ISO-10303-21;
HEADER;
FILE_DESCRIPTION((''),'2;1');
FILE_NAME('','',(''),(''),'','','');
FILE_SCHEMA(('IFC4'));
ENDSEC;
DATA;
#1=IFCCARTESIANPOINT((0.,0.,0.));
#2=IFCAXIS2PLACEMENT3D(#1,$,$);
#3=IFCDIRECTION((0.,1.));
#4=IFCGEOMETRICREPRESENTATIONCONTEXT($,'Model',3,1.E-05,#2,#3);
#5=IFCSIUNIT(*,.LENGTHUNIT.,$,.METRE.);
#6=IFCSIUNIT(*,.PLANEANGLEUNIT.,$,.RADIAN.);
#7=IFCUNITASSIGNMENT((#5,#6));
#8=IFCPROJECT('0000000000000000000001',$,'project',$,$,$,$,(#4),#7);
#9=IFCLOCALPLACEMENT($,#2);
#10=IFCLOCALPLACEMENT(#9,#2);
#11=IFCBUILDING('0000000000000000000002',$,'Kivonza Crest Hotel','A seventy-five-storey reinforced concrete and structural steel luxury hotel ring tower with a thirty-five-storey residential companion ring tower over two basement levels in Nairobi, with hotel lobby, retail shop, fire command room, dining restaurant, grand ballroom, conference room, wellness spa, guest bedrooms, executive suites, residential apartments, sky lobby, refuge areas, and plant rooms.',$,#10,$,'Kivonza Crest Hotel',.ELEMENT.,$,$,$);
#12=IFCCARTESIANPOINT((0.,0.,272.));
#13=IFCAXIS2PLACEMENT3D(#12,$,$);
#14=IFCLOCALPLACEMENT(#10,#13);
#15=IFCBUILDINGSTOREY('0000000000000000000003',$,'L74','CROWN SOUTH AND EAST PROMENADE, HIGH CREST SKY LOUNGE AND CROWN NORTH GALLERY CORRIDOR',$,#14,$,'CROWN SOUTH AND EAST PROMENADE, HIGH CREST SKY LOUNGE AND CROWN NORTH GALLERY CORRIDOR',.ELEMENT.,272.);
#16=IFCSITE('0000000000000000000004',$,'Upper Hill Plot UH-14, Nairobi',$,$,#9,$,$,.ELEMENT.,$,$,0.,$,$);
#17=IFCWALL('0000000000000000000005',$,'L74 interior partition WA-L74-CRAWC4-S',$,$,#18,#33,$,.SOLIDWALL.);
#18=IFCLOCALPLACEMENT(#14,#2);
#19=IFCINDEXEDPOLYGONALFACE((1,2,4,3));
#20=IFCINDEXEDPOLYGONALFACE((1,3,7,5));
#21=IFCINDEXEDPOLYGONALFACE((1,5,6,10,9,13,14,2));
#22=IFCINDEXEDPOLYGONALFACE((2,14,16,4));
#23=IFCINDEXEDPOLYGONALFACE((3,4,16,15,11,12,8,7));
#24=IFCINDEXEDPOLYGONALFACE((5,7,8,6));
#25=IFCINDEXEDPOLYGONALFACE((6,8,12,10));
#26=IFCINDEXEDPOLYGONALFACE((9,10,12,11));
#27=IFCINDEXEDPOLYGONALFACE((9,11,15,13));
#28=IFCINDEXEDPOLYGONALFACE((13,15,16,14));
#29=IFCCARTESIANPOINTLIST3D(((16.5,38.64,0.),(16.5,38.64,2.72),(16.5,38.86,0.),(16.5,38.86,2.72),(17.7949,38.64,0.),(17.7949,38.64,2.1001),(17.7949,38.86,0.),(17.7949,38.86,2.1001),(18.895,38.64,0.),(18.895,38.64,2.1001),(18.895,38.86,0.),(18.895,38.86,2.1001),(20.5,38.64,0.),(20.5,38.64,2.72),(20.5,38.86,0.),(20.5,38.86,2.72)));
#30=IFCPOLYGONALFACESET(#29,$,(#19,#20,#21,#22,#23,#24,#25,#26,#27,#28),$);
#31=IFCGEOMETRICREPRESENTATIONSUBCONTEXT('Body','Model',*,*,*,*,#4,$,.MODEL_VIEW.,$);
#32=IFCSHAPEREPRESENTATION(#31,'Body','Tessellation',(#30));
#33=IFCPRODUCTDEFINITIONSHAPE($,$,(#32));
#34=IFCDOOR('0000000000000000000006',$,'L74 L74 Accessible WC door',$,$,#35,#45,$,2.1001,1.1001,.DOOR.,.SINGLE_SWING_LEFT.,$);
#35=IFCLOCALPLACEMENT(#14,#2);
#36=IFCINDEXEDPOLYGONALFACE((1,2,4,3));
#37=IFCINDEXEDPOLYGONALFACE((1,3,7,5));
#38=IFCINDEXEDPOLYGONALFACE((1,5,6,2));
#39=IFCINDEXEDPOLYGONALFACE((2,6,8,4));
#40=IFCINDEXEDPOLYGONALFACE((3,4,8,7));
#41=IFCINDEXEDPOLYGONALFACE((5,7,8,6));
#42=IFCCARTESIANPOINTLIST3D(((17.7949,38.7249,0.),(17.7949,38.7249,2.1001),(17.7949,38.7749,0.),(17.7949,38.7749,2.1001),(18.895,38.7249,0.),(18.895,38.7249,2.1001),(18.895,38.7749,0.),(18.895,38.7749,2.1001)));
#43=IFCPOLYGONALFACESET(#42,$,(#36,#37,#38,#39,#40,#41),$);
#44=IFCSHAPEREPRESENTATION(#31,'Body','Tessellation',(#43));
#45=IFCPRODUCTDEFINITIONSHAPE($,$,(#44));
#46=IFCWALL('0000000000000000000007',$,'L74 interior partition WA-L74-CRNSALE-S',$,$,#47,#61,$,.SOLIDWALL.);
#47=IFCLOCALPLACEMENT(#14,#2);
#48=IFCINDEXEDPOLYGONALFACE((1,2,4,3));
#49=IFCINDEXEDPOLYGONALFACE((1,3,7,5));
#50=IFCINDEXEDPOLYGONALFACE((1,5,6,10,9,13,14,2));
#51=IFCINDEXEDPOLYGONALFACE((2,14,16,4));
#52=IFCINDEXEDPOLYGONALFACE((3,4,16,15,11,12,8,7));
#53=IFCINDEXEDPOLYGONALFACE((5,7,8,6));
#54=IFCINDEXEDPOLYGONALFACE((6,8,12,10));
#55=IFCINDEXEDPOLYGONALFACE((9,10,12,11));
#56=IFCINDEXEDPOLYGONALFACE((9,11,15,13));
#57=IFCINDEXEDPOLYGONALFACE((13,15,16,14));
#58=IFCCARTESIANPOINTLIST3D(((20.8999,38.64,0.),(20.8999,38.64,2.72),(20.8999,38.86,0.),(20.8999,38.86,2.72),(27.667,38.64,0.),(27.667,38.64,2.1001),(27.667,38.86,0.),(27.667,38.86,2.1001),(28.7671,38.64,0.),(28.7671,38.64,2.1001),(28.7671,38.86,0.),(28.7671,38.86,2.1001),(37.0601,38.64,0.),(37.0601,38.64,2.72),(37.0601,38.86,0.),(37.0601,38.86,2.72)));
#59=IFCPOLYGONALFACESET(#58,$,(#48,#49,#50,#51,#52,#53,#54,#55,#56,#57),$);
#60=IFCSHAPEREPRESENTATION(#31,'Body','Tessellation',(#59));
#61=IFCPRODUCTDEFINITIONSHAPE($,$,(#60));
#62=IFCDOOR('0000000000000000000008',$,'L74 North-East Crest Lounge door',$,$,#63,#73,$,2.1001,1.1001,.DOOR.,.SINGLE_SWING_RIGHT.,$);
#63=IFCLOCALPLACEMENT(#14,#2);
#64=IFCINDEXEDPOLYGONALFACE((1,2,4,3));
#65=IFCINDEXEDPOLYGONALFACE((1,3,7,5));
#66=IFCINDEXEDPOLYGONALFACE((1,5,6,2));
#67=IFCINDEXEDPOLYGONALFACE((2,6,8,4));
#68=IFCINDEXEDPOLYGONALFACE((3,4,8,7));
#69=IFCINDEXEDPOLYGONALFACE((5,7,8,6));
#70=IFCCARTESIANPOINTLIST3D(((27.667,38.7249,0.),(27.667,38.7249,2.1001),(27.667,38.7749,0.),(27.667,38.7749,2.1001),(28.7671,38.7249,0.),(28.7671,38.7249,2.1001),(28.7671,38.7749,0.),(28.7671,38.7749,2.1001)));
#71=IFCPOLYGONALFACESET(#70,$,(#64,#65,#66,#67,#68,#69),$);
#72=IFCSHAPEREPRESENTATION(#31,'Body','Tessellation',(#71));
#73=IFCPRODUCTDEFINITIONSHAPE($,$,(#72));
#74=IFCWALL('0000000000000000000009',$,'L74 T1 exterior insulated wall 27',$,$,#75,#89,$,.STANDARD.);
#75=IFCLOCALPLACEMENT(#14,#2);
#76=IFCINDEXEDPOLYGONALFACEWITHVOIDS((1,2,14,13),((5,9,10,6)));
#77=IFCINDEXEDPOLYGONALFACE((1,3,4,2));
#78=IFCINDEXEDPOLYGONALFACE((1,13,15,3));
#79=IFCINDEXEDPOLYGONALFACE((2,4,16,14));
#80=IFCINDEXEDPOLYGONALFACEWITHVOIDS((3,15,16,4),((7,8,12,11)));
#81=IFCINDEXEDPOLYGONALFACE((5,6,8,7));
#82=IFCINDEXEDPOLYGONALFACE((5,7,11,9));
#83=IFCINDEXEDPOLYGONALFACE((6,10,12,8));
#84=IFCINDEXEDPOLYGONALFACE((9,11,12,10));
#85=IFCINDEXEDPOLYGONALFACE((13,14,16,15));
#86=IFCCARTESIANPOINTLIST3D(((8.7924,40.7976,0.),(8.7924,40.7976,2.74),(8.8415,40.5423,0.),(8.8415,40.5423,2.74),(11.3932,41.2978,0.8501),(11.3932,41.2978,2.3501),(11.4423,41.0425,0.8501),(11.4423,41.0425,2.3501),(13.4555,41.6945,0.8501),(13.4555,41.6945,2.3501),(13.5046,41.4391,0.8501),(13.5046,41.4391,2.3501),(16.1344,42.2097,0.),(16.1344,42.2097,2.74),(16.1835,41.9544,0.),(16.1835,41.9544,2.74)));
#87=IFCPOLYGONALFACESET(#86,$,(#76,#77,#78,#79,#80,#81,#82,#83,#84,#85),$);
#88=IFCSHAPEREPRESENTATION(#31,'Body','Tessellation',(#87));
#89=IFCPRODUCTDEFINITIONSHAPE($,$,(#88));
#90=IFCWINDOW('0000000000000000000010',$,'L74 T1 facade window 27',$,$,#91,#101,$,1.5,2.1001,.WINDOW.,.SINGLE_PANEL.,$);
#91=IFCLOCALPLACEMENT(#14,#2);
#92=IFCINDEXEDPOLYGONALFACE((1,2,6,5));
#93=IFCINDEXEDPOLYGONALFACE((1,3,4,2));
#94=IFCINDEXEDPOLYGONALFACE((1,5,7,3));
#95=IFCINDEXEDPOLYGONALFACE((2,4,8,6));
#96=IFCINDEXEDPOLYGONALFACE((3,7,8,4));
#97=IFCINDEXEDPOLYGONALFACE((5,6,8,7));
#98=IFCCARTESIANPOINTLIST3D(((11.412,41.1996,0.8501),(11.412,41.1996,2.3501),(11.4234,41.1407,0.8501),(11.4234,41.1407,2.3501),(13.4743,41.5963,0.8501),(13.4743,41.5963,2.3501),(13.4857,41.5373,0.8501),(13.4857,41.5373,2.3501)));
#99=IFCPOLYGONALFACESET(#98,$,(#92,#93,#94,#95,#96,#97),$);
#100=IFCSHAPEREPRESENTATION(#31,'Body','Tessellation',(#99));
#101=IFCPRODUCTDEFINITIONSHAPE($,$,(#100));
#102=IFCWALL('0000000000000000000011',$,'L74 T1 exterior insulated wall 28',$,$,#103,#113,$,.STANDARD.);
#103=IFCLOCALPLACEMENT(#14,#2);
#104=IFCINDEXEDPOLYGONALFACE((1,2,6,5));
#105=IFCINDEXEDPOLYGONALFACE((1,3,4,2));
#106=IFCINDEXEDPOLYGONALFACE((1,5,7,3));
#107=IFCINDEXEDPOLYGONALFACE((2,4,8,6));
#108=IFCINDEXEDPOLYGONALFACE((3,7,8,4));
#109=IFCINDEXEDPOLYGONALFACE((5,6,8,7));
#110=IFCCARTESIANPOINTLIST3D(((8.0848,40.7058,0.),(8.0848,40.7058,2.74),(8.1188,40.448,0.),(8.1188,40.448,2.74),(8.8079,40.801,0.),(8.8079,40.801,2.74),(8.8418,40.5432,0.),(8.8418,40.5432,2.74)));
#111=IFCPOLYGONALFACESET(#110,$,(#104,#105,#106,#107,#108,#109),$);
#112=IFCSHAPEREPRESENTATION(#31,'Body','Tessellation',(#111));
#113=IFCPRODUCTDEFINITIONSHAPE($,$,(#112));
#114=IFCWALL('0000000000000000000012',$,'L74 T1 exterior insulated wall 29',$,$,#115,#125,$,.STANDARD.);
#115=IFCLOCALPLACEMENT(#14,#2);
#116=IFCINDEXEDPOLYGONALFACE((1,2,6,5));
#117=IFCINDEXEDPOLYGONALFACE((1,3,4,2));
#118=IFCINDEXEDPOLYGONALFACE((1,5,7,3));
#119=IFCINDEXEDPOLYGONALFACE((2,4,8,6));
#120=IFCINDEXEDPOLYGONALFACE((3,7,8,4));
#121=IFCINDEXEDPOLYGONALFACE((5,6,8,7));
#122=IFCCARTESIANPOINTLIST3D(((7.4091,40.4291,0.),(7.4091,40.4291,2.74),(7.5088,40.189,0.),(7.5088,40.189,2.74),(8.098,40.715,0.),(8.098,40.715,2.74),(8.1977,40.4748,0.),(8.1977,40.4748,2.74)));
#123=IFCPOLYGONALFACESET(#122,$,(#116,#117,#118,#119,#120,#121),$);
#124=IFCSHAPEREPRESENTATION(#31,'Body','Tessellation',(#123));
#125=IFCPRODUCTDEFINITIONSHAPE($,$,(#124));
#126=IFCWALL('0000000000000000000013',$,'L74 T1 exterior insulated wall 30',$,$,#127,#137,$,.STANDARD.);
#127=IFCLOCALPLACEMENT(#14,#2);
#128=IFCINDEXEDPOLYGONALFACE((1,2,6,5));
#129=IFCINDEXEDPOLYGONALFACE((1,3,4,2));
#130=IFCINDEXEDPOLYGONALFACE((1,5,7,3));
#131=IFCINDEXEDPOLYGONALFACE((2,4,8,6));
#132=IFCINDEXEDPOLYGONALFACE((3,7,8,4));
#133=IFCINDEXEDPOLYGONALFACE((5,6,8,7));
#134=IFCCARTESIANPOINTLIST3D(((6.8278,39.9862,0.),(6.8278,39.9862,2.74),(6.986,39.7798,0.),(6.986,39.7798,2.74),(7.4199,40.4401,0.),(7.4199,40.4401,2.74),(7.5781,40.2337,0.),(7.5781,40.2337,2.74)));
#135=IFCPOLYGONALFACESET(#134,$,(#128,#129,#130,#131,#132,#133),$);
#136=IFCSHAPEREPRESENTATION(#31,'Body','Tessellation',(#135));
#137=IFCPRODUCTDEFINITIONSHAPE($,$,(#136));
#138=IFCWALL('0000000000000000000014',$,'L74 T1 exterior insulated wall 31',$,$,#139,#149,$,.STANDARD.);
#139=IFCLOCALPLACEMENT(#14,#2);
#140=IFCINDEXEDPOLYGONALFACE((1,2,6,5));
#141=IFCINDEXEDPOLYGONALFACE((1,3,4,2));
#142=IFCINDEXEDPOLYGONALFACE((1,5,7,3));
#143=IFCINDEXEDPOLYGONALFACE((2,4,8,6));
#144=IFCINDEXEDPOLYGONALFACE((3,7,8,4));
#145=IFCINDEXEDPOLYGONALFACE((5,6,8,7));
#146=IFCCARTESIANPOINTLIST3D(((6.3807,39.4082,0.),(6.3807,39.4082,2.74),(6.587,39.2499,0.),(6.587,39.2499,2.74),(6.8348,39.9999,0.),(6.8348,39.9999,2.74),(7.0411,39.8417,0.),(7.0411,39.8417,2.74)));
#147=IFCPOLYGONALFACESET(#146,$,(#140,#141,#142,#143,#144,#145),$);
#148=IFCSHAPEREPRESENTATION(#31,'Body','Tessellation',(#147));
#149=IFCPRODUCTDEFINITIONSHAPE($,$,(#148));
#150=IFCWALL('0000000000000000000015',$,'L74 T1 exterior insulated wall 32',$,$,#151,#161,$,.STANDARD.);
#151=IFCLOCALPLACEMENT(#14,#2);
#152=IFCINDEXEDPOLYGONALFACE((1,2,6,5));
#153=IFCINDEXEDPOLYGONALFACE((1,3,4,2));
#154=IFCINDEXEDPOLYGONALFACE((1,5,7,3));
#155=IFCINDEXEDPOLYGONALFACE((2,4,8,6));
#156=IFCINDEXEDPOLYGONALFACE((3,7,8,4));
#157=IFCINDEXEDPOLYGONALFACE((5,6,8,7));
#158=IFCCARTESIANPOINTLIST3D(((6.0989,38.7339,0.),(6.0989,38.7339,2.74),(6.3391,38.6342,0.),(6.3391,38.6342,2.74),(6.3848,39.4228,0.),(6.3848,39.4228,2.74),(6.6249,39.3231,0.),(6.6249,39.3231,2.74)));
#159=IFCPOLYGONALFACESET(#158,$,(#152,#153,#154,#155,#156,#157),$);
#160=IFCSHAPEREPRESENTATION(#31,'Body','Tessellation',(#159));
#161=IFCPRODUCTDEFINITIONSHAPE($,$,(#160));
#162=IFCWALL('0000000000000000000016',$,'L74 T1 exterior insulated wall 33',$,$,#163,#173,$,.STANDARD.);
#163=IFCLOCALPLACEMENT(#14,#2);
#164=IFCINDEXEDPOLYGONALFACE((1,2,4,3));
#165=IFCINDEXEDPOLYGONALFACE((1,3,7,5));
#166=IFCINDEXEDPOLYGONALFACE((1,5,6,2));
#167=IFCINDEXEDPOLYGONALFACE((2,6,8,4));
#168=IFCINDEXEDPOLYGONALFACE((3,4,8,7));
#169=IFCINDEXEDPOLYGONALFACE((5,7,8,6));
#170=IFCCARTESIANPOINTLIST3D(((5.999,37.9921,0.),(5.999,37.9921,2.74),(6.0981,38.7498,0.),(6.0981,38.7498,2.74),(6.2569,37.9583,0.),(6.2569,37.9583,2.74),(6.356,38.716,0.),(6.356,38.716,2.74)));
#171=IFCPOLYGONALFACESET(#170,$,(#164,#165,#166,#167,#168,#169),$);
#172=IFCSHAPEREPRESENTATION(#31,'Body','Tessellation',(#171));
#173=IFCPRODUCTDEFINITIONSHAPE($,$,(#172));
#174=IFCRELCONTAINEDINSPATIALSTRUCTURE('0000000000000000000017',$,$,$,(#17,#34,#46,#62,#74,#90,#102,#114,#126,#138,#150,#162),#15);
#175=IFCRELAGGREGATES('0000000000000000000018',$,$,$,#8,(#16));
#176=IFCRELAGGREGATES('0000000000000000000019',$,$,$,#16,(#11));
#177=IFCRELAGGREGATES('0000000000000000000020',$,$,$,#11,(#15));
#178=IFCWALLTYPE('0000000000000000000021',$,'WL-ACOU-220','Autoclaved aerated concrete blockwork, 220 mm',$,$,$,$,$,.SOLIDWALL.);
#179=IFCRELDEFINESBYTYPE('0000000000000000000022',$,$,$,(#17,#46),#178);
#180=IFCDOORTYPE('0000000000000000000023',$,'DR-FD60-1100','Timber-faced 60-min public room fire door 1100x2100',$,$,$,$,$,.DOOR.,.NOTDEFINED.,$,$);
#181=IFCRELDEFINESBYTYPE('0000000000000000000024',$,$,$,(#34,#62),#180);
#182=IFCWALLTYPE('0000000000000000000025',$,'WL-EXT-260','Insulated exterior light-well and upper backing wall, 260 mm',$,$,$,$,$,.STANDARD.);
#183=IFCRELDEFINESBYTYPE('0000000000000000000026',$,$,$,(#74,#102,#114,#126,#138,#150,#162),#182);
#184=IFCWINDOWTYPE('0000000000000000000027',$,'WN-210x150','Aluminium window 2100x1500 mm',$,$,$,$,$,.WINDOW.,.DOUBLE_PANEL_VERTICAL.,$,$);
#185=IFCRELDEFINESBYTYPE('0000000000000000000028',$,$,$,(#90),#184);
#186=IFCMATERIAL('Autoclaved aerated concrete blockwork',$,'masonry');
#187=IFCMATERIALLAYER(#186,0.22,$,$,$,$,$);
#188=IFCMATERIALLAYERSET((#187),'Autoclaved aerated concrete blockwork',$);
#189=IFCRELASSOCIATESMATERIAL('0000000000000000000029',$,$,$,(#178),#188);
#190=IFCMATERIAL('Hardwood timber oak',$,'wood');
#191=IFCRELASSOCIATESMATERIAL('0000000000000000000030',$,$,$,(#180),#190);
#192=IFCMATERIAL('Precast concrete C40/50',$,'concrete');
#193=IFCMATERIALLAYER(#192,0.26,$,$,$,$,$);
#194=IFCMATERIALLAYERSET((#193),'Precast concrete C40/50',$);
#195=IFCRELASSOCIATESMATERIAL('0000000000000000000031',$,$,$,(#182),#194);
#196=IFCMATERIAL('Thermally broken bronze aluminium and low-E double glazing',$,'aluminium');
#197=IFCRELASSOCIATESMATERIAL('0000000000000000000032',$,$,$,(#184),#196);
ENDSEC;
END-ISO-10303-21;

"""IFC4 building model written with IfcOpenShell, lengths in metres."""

from ifc_helpers import new_model, si_unit, direction, frame, frame_2d, origin, place, context, subcontext, project, spatial, rectangle, extrude, material, layer, layer_set, type_object, element, fill, save


model = new_model("IFC4")

# Units and contexts
model_context = context("Model", 3, precision=1e-05, world=origin(), true_north=direction((0.0, 1.0)))
body_context = subcontext(model_context, "Body", "Model", "MODEL_VIEW")
ifc_project = project(units=[si_unit("LENGTHUNIT", "METRE"), si_unit("PLANEANGLEUNIT", "RADIAN")], contexts=[model_context])

# Site, building, storey
site_placement = place(None, origin())
site = spatial("IfcSite", under=ifc_project, at=site_placement, Name="Upper Hill Plot UH-14, Nairobi", CompositionType="ELEMENT", RefElevation=0.0)
building_placement = place(site_placement, origin())
building = spatial("IfcBuilding", under=site, at=building_placement, Name="Kivonza Crest Hotel", Description="A seventy-five-storey reinforced concrete and structural steel luxury hotel ring tower with a thirty-five-storey residential companion ring tower over two basement levels in Nairobi, with hotel lobby, retail shop, fire command room, dining restaurant, grand ballroom, conference room, wellness spa, guest bedrooms, executive suites, residential apartments, sky lobby, refuge areas, and plant rooms.", LongName="Kivonza Crest Hotel", CompositionType="ELEMENT")
storey_placement = place(building_placement, frame((0.0, 0.0, 272.0)))
storey = spatial("IfcBuildingStorey", under=building, at=storey_placement, Name="L74", Description="CROWN SOUTH AND EAST PROMENADE, HIGH CREST SKY LOUNGE AND CROWN NORTH GALLERY CORRIDOR", LongName="CROWN SOUTH AND EAST PROMENADE, HIGH CREST SKY LOUNGE AND CROWN NORTH GALLERY CORRIDOR", CompositionType="ELEMENT", Elevation=272.0)

# Walls, openings, doors
ifc_material_1 = material(Name="Autoclaved aerated concrete blockwork", Category="masonry")
ifc_layer_1 = layer(ifc_material_1, 0.22)
ifc_layer_set_1 = layer_set([ifc_layer_1], Name="Autoclaved aerated concrete blockwork")
wall_type_1 = type_object("IfcWallType", Name="WL-ACOU-220", Description="Autoclaved aerated concrete blockwork, 220 mm", PredefinedType="SOLIDWALL", material=ifc_layer_set_1)
ifc_material_2 = material(Name="Hardwood timber oak", Category="wood")
door_type = type_object("IfcDoorType", Name="DR-FD60-1100", Description="Timber-faced 60-min public room fire door 1100x2100", OperationType="NOTDEFINED", PredefinedType="DOOR", material=ifc_material_2)
wall_1_placement = place(storey_placement, frame((16.5, 38.75, 0.0), z_axis=(0.0, 0.0, 1.0), x_axis=(1.0, 0.0, 0.0)))
wall_1 = element("IfcWall", 1, at=wall_1_placement, inside=storey, type_object=wall_type_1, Name="L74 interior partition WA-L74-CRAWC4-S", PredefinedType="SOLIDWALL", context=body_context, shape_type="SweptSolid", body=[
    extrude(rectangle(XDim=4.0, YDim=0.22, at=frame_2d((2.0, 0.0))), origin(), (0.0, 0.0, 1.0), 2.72),
])
opening_1_placement = place(wall_1_placement, frame((1.2949, 0.0, 0.0)))
opening_1 = element("IfcOpeningElement", 2, at=opening_1_placement, cuts=wall_1, PredefinedType="OPENING", context=body_context, shape_type="SweptSolid", body=[
    extrude(rectangle(XDim=1.1001, YDim=2.1001, at=frame_2d((0.55, 1.05))), frame((0.0, 0.1201, 0.0), z_axis=(0.0, -1.0, 0.0), x_axis=(1.0, 0.0, 0.0)), (0.0, 0.0, 1.0), 0.24),
])
door_1_placement = place(opening_1_placement, origin())
door_1 = element("IfcDoor", 3, at=door_1_placement, inside=storey, type_object=door_type, Name="L74 L74 Accessible WC door", OperationType="SINGLE_SWING_LEFT", OverallHeight=2.1001, OverallWidth=1.1001, PredefinedType="DOOR", context=body_context, shape_type="SweptSolid", body=[
    extrude(rectangle(XDim=1.1001, YDim=2.1001, at=frame_2d((0.55, 1.05))), frame((0.0, 0.0249, 0.0), z_axis=(0.0, -1.0, 0.0), x_axis=(1.0, 0.0, 0.0)), (0.0, 0.0, 1.0), 0.05),
])
fill(opening_1, door_1)
wall_2_placement = place(storey_placement, frame((20.8999, 38.75, 0.0), z_axis=(0.0, 0.0, 1.0), x_axis=(1.0, 0.0, 0.0)))
wall_2 = element("IfcWall", 4, at=wall_2_placement, inside=storey, type_object=wall_type_1, Name="L74 interior partition WA-L74-CRNSALE-S", PredefinedType="SOLIDWALL", context=body_context, shape_type="SweptSolid", body=[
    extrude(rectangle(XDim=16.1602, YDim=0.22, at=frame_2d((8.0801, 0.0))), origin(), (0.0, 0.0, 1.0), 2.72),
])
opening_2_placement = place(wall_2_placement, frame((6.7671, 0.0, 0.0)))
opening_2 = element("IfcOpeningElement", 5, at=opening_2_placement, cuts=wall_2, PredefinedType="OPENING", context=body_context, shape_type="SweptSolid", body=[
    extrude(rectangle(XDim=1.1001, YDim=2.1001, at=frame_2d((0.55, 1.05))), frame((0.0, 0.1201, 0.0), z_axis=(0.0, -1.0, 0.0), x_axis=(1.0, 0.0, 0.0)), (0.0, 0.0, 1.0), 0.24),
])
door_2_placement = place(opening_2_placement, origin())
door_2 = element("IfcDoor", 6, at=door_2_placement, inside=storey, type_object=door_type, Name="L74 North-East Crest Lounge door", OperationType="SINGLE_SWING_RIGHT", OverallHeight=2.1001, OverallWidth=1.1001, PredefinedType="DOOR", context=body_context, shape_type="SweptSolid", body=[
    extrude(rectangle(XDim=1.1001, YDim=2.1001, at=frame_2d((0.55, 1.05))), frame((0.0, 0.0249, 0.0), z_axis=(0.0, -1.0, 0.0), x_axis=(1.0, 0.0, 0.0)), (0.0, 0.0, 1.0), 0.05),
])
fill(opening_2, door_2)

# Wall, opening, window
ifc_material_3 = material(Name="Precast concrete C40/50", Category="concrete")
ifc_layer_2 = layer(ifc_material_3, 0.26)
ifc_layer_set_2 = layer_set([ifc_layer_2], Name="Precast concrete C40/50")
wall_type_2 = type_object("IfcWallType", Name="WL-EXT-260", Description="Insulated exterior light-well and upper backing wall, 260 mm", PredefinedType="STANDARD", material=ifc_layer_set_2)
wall_3_placement = place(storey_placement, frame((16.1589, 42.082, 0.0), z_axis=(0.0, 0.0, 1.0), x_axis=(-0.982002, -0.18887, 0.0)))
wall_3 = element("IfcWall", 7, at=wall_3_placement, inside=storey, type_object=wall_type_2, Name="L74 T1 exterior insulated wall 27", PredefinedType="STANDARD", context=body_context, shape_type="SweptSolid", body=[
    extrude(rectangle(XDim=7.4766, YDim=0.26, at=frame_2d((3.7383, 0.0))), origin(), (0.0, 0.0, 1.0), 2.74),
])
opening_3_placement = place(wall_3_placement, frame((2.728, 0.0, 0.8501)))
opening_3 = element("IfcOpeningElement", 8, at=opening_3_placement, cuts=wall_3, PredefinedType="OPENING", context=body_context, shape_type="SweptSolid", body=[
    extrude(rectangle(XDim=2.1001, YDim=1.5, at=frame_2d((1.05, 0.75))), frame((0.0, 0.1401, 0.0), z_axis=(0.0, -1.0, 0.0), x_axis=(1.0, 0.0, 0.0)), (0.0, 0.0, 1.0), 0.28),
])
ifc_material_4 = material(Name="Thermally broken bronze aluminium and low-E double glazing", Category="aluminium")
window_type_1 = type_object("IfcWindowType", Name="WN-210x150", Description="Aluminium window 2100x1500 mm", PartitioningType="DOUBLE_PANEL_VERTICAL", PredefinedType="WINDOW", material=ifc_material_4)
window_1_placement = place(opening_3_placement, origin())
window_1 = element("IfcWindow", 9, at=window_1_placement, inside=storey, type_object=window_type_1, Name="L74 T1 facade window 27", OverallHeight=1.5, OverallWidth=2.1001, PartitioningType="SINGLE_PANEL", PredefinedType="WINDOW", context=body_context, shape_type="SweptSolid", body=[
    extrude(rectangle(XDim=2.1001, YDim=1.5, at=frame_2d((1.05, 0.75))), frame((0.0, 0.03, 0.0), z_axis=(0.0, -1.0, 0.0), x_axis=(1.0, 0.0, 0.0)), (0.0, 0.0, 1.0), 0.0601),
])
fill(opening_3, window_1)

# Walls
wall_4_placement = place(storey_placement, frame((8.825, 40.6721, 0.0), z_axis=(0.0, 0.0, 1.0), x_axis=(-0.991437, -0.130584, 0.0)))
element("IfcWall", 10, at=wall_4_placement, inside=storey, type_object=wall_type_2, Name="L74 T1 exterior insulated wall 28", PredefinedType="STANDARD", context=body_context, shape_type="SweptSolid", body=[
    extrude(rectangle(XDim=0.7292, YDim=0.26, at=frame_2d((0.3647, 0.0))), origin(), (0.0, 0.0, 1.0), 2.74),
])
wall_5_placement = place(storey_placement, frame((8.1479, 40.595, 0.0), z_axis=(0.0, 0.0, 1.0), x_axis=(-0.923638, -0.383267, 0.0)))
element("IfcWall", 11, at=wall_5_placement, inside=storey, type_object=wall_type_2, Name="L74 T1 exterior insulated wall 29", PredefinedType="STANDARD", context=body_context, shape_type="SweptSolid", body=[
    extrude(rectangle(XDim=0.7458, YDim=0.26, at=frame_2d((0.373, 0.0))), origin(), (0.0, 0.0, 1.0), 2.74),
])
wall_6_placement = place(storey_placement, frame((7.499, 40.3369, 0.0), z_axis=(0.0, 0.0, 1.0), x_axis=(-0.793633, -0.608397, 0.0)))
element("IfcWall", 12, at=wall_6_placement, inside=storey, type_object=wall_type_2, Name="L74 T1 exterior insulated wall 30", PredefinedType="STANDARD", context=body_context, shape_type="SweptSolid", body=[
    extrude(rectangle(XDim=0.7461, YDim=0.26, at=frame_2d((0.373, 0.0))), origin(), (0.0, 0.0, 1.0), 2.74),
])
for number, where, z_axis, x_axis, name in (
    (13, (6.938, 39.9209, 0.0), (0.0, 0.0, 1.0), (-0.608761, -0.793353, 0.0), "L74 T1 exterior insulated wall 31"),
    (14, (6.5049, 39.373, 0.0), (0.0, 0.0, 1.0), (-0.383267, -0.923638, 0.0), "L74 T1 exterior insulated wall 32"),
):
    element("IfcWall", number, at=place(storey_placement, frame(where, z_axis=z_axis, x_axis=x_axis)), inside=storey, type_object=wall_type_2, Name=name, PredefinedType="STANDARD", context=body_context, shape_type="SweptSolid", body=[
        extrude(rectangle(XDim=0.7458, YDim=0.26, at=frame_2d((0.373, 0.0))), origin(), (0.0, 0.0, 1.0), 2.74),
    ])
wall_7_placement = place(storey_placement, frame((6.2271, 38.7329, 0.0), z_axis=(0.0, 0.0, 1.0), x_axis=(-0.129694, -0.991554, 0.0)))
element("IfcWall", 15, at=wall_7_placement, inside=storey, type_object=wall_type_2, Name="L74 T1 exterior insulated wall 33", PredefinedType="STANDARD", context=body_context, shape_type="SweptSolid", body=[
    extrude(rectangle(XDim=0.7642, YDim=0.26, at=frame_2d((0.3821, 0.0))), origin(), (0.0, 0.0, 1.0), 2.74),
])

save(model, "model.ifc")
